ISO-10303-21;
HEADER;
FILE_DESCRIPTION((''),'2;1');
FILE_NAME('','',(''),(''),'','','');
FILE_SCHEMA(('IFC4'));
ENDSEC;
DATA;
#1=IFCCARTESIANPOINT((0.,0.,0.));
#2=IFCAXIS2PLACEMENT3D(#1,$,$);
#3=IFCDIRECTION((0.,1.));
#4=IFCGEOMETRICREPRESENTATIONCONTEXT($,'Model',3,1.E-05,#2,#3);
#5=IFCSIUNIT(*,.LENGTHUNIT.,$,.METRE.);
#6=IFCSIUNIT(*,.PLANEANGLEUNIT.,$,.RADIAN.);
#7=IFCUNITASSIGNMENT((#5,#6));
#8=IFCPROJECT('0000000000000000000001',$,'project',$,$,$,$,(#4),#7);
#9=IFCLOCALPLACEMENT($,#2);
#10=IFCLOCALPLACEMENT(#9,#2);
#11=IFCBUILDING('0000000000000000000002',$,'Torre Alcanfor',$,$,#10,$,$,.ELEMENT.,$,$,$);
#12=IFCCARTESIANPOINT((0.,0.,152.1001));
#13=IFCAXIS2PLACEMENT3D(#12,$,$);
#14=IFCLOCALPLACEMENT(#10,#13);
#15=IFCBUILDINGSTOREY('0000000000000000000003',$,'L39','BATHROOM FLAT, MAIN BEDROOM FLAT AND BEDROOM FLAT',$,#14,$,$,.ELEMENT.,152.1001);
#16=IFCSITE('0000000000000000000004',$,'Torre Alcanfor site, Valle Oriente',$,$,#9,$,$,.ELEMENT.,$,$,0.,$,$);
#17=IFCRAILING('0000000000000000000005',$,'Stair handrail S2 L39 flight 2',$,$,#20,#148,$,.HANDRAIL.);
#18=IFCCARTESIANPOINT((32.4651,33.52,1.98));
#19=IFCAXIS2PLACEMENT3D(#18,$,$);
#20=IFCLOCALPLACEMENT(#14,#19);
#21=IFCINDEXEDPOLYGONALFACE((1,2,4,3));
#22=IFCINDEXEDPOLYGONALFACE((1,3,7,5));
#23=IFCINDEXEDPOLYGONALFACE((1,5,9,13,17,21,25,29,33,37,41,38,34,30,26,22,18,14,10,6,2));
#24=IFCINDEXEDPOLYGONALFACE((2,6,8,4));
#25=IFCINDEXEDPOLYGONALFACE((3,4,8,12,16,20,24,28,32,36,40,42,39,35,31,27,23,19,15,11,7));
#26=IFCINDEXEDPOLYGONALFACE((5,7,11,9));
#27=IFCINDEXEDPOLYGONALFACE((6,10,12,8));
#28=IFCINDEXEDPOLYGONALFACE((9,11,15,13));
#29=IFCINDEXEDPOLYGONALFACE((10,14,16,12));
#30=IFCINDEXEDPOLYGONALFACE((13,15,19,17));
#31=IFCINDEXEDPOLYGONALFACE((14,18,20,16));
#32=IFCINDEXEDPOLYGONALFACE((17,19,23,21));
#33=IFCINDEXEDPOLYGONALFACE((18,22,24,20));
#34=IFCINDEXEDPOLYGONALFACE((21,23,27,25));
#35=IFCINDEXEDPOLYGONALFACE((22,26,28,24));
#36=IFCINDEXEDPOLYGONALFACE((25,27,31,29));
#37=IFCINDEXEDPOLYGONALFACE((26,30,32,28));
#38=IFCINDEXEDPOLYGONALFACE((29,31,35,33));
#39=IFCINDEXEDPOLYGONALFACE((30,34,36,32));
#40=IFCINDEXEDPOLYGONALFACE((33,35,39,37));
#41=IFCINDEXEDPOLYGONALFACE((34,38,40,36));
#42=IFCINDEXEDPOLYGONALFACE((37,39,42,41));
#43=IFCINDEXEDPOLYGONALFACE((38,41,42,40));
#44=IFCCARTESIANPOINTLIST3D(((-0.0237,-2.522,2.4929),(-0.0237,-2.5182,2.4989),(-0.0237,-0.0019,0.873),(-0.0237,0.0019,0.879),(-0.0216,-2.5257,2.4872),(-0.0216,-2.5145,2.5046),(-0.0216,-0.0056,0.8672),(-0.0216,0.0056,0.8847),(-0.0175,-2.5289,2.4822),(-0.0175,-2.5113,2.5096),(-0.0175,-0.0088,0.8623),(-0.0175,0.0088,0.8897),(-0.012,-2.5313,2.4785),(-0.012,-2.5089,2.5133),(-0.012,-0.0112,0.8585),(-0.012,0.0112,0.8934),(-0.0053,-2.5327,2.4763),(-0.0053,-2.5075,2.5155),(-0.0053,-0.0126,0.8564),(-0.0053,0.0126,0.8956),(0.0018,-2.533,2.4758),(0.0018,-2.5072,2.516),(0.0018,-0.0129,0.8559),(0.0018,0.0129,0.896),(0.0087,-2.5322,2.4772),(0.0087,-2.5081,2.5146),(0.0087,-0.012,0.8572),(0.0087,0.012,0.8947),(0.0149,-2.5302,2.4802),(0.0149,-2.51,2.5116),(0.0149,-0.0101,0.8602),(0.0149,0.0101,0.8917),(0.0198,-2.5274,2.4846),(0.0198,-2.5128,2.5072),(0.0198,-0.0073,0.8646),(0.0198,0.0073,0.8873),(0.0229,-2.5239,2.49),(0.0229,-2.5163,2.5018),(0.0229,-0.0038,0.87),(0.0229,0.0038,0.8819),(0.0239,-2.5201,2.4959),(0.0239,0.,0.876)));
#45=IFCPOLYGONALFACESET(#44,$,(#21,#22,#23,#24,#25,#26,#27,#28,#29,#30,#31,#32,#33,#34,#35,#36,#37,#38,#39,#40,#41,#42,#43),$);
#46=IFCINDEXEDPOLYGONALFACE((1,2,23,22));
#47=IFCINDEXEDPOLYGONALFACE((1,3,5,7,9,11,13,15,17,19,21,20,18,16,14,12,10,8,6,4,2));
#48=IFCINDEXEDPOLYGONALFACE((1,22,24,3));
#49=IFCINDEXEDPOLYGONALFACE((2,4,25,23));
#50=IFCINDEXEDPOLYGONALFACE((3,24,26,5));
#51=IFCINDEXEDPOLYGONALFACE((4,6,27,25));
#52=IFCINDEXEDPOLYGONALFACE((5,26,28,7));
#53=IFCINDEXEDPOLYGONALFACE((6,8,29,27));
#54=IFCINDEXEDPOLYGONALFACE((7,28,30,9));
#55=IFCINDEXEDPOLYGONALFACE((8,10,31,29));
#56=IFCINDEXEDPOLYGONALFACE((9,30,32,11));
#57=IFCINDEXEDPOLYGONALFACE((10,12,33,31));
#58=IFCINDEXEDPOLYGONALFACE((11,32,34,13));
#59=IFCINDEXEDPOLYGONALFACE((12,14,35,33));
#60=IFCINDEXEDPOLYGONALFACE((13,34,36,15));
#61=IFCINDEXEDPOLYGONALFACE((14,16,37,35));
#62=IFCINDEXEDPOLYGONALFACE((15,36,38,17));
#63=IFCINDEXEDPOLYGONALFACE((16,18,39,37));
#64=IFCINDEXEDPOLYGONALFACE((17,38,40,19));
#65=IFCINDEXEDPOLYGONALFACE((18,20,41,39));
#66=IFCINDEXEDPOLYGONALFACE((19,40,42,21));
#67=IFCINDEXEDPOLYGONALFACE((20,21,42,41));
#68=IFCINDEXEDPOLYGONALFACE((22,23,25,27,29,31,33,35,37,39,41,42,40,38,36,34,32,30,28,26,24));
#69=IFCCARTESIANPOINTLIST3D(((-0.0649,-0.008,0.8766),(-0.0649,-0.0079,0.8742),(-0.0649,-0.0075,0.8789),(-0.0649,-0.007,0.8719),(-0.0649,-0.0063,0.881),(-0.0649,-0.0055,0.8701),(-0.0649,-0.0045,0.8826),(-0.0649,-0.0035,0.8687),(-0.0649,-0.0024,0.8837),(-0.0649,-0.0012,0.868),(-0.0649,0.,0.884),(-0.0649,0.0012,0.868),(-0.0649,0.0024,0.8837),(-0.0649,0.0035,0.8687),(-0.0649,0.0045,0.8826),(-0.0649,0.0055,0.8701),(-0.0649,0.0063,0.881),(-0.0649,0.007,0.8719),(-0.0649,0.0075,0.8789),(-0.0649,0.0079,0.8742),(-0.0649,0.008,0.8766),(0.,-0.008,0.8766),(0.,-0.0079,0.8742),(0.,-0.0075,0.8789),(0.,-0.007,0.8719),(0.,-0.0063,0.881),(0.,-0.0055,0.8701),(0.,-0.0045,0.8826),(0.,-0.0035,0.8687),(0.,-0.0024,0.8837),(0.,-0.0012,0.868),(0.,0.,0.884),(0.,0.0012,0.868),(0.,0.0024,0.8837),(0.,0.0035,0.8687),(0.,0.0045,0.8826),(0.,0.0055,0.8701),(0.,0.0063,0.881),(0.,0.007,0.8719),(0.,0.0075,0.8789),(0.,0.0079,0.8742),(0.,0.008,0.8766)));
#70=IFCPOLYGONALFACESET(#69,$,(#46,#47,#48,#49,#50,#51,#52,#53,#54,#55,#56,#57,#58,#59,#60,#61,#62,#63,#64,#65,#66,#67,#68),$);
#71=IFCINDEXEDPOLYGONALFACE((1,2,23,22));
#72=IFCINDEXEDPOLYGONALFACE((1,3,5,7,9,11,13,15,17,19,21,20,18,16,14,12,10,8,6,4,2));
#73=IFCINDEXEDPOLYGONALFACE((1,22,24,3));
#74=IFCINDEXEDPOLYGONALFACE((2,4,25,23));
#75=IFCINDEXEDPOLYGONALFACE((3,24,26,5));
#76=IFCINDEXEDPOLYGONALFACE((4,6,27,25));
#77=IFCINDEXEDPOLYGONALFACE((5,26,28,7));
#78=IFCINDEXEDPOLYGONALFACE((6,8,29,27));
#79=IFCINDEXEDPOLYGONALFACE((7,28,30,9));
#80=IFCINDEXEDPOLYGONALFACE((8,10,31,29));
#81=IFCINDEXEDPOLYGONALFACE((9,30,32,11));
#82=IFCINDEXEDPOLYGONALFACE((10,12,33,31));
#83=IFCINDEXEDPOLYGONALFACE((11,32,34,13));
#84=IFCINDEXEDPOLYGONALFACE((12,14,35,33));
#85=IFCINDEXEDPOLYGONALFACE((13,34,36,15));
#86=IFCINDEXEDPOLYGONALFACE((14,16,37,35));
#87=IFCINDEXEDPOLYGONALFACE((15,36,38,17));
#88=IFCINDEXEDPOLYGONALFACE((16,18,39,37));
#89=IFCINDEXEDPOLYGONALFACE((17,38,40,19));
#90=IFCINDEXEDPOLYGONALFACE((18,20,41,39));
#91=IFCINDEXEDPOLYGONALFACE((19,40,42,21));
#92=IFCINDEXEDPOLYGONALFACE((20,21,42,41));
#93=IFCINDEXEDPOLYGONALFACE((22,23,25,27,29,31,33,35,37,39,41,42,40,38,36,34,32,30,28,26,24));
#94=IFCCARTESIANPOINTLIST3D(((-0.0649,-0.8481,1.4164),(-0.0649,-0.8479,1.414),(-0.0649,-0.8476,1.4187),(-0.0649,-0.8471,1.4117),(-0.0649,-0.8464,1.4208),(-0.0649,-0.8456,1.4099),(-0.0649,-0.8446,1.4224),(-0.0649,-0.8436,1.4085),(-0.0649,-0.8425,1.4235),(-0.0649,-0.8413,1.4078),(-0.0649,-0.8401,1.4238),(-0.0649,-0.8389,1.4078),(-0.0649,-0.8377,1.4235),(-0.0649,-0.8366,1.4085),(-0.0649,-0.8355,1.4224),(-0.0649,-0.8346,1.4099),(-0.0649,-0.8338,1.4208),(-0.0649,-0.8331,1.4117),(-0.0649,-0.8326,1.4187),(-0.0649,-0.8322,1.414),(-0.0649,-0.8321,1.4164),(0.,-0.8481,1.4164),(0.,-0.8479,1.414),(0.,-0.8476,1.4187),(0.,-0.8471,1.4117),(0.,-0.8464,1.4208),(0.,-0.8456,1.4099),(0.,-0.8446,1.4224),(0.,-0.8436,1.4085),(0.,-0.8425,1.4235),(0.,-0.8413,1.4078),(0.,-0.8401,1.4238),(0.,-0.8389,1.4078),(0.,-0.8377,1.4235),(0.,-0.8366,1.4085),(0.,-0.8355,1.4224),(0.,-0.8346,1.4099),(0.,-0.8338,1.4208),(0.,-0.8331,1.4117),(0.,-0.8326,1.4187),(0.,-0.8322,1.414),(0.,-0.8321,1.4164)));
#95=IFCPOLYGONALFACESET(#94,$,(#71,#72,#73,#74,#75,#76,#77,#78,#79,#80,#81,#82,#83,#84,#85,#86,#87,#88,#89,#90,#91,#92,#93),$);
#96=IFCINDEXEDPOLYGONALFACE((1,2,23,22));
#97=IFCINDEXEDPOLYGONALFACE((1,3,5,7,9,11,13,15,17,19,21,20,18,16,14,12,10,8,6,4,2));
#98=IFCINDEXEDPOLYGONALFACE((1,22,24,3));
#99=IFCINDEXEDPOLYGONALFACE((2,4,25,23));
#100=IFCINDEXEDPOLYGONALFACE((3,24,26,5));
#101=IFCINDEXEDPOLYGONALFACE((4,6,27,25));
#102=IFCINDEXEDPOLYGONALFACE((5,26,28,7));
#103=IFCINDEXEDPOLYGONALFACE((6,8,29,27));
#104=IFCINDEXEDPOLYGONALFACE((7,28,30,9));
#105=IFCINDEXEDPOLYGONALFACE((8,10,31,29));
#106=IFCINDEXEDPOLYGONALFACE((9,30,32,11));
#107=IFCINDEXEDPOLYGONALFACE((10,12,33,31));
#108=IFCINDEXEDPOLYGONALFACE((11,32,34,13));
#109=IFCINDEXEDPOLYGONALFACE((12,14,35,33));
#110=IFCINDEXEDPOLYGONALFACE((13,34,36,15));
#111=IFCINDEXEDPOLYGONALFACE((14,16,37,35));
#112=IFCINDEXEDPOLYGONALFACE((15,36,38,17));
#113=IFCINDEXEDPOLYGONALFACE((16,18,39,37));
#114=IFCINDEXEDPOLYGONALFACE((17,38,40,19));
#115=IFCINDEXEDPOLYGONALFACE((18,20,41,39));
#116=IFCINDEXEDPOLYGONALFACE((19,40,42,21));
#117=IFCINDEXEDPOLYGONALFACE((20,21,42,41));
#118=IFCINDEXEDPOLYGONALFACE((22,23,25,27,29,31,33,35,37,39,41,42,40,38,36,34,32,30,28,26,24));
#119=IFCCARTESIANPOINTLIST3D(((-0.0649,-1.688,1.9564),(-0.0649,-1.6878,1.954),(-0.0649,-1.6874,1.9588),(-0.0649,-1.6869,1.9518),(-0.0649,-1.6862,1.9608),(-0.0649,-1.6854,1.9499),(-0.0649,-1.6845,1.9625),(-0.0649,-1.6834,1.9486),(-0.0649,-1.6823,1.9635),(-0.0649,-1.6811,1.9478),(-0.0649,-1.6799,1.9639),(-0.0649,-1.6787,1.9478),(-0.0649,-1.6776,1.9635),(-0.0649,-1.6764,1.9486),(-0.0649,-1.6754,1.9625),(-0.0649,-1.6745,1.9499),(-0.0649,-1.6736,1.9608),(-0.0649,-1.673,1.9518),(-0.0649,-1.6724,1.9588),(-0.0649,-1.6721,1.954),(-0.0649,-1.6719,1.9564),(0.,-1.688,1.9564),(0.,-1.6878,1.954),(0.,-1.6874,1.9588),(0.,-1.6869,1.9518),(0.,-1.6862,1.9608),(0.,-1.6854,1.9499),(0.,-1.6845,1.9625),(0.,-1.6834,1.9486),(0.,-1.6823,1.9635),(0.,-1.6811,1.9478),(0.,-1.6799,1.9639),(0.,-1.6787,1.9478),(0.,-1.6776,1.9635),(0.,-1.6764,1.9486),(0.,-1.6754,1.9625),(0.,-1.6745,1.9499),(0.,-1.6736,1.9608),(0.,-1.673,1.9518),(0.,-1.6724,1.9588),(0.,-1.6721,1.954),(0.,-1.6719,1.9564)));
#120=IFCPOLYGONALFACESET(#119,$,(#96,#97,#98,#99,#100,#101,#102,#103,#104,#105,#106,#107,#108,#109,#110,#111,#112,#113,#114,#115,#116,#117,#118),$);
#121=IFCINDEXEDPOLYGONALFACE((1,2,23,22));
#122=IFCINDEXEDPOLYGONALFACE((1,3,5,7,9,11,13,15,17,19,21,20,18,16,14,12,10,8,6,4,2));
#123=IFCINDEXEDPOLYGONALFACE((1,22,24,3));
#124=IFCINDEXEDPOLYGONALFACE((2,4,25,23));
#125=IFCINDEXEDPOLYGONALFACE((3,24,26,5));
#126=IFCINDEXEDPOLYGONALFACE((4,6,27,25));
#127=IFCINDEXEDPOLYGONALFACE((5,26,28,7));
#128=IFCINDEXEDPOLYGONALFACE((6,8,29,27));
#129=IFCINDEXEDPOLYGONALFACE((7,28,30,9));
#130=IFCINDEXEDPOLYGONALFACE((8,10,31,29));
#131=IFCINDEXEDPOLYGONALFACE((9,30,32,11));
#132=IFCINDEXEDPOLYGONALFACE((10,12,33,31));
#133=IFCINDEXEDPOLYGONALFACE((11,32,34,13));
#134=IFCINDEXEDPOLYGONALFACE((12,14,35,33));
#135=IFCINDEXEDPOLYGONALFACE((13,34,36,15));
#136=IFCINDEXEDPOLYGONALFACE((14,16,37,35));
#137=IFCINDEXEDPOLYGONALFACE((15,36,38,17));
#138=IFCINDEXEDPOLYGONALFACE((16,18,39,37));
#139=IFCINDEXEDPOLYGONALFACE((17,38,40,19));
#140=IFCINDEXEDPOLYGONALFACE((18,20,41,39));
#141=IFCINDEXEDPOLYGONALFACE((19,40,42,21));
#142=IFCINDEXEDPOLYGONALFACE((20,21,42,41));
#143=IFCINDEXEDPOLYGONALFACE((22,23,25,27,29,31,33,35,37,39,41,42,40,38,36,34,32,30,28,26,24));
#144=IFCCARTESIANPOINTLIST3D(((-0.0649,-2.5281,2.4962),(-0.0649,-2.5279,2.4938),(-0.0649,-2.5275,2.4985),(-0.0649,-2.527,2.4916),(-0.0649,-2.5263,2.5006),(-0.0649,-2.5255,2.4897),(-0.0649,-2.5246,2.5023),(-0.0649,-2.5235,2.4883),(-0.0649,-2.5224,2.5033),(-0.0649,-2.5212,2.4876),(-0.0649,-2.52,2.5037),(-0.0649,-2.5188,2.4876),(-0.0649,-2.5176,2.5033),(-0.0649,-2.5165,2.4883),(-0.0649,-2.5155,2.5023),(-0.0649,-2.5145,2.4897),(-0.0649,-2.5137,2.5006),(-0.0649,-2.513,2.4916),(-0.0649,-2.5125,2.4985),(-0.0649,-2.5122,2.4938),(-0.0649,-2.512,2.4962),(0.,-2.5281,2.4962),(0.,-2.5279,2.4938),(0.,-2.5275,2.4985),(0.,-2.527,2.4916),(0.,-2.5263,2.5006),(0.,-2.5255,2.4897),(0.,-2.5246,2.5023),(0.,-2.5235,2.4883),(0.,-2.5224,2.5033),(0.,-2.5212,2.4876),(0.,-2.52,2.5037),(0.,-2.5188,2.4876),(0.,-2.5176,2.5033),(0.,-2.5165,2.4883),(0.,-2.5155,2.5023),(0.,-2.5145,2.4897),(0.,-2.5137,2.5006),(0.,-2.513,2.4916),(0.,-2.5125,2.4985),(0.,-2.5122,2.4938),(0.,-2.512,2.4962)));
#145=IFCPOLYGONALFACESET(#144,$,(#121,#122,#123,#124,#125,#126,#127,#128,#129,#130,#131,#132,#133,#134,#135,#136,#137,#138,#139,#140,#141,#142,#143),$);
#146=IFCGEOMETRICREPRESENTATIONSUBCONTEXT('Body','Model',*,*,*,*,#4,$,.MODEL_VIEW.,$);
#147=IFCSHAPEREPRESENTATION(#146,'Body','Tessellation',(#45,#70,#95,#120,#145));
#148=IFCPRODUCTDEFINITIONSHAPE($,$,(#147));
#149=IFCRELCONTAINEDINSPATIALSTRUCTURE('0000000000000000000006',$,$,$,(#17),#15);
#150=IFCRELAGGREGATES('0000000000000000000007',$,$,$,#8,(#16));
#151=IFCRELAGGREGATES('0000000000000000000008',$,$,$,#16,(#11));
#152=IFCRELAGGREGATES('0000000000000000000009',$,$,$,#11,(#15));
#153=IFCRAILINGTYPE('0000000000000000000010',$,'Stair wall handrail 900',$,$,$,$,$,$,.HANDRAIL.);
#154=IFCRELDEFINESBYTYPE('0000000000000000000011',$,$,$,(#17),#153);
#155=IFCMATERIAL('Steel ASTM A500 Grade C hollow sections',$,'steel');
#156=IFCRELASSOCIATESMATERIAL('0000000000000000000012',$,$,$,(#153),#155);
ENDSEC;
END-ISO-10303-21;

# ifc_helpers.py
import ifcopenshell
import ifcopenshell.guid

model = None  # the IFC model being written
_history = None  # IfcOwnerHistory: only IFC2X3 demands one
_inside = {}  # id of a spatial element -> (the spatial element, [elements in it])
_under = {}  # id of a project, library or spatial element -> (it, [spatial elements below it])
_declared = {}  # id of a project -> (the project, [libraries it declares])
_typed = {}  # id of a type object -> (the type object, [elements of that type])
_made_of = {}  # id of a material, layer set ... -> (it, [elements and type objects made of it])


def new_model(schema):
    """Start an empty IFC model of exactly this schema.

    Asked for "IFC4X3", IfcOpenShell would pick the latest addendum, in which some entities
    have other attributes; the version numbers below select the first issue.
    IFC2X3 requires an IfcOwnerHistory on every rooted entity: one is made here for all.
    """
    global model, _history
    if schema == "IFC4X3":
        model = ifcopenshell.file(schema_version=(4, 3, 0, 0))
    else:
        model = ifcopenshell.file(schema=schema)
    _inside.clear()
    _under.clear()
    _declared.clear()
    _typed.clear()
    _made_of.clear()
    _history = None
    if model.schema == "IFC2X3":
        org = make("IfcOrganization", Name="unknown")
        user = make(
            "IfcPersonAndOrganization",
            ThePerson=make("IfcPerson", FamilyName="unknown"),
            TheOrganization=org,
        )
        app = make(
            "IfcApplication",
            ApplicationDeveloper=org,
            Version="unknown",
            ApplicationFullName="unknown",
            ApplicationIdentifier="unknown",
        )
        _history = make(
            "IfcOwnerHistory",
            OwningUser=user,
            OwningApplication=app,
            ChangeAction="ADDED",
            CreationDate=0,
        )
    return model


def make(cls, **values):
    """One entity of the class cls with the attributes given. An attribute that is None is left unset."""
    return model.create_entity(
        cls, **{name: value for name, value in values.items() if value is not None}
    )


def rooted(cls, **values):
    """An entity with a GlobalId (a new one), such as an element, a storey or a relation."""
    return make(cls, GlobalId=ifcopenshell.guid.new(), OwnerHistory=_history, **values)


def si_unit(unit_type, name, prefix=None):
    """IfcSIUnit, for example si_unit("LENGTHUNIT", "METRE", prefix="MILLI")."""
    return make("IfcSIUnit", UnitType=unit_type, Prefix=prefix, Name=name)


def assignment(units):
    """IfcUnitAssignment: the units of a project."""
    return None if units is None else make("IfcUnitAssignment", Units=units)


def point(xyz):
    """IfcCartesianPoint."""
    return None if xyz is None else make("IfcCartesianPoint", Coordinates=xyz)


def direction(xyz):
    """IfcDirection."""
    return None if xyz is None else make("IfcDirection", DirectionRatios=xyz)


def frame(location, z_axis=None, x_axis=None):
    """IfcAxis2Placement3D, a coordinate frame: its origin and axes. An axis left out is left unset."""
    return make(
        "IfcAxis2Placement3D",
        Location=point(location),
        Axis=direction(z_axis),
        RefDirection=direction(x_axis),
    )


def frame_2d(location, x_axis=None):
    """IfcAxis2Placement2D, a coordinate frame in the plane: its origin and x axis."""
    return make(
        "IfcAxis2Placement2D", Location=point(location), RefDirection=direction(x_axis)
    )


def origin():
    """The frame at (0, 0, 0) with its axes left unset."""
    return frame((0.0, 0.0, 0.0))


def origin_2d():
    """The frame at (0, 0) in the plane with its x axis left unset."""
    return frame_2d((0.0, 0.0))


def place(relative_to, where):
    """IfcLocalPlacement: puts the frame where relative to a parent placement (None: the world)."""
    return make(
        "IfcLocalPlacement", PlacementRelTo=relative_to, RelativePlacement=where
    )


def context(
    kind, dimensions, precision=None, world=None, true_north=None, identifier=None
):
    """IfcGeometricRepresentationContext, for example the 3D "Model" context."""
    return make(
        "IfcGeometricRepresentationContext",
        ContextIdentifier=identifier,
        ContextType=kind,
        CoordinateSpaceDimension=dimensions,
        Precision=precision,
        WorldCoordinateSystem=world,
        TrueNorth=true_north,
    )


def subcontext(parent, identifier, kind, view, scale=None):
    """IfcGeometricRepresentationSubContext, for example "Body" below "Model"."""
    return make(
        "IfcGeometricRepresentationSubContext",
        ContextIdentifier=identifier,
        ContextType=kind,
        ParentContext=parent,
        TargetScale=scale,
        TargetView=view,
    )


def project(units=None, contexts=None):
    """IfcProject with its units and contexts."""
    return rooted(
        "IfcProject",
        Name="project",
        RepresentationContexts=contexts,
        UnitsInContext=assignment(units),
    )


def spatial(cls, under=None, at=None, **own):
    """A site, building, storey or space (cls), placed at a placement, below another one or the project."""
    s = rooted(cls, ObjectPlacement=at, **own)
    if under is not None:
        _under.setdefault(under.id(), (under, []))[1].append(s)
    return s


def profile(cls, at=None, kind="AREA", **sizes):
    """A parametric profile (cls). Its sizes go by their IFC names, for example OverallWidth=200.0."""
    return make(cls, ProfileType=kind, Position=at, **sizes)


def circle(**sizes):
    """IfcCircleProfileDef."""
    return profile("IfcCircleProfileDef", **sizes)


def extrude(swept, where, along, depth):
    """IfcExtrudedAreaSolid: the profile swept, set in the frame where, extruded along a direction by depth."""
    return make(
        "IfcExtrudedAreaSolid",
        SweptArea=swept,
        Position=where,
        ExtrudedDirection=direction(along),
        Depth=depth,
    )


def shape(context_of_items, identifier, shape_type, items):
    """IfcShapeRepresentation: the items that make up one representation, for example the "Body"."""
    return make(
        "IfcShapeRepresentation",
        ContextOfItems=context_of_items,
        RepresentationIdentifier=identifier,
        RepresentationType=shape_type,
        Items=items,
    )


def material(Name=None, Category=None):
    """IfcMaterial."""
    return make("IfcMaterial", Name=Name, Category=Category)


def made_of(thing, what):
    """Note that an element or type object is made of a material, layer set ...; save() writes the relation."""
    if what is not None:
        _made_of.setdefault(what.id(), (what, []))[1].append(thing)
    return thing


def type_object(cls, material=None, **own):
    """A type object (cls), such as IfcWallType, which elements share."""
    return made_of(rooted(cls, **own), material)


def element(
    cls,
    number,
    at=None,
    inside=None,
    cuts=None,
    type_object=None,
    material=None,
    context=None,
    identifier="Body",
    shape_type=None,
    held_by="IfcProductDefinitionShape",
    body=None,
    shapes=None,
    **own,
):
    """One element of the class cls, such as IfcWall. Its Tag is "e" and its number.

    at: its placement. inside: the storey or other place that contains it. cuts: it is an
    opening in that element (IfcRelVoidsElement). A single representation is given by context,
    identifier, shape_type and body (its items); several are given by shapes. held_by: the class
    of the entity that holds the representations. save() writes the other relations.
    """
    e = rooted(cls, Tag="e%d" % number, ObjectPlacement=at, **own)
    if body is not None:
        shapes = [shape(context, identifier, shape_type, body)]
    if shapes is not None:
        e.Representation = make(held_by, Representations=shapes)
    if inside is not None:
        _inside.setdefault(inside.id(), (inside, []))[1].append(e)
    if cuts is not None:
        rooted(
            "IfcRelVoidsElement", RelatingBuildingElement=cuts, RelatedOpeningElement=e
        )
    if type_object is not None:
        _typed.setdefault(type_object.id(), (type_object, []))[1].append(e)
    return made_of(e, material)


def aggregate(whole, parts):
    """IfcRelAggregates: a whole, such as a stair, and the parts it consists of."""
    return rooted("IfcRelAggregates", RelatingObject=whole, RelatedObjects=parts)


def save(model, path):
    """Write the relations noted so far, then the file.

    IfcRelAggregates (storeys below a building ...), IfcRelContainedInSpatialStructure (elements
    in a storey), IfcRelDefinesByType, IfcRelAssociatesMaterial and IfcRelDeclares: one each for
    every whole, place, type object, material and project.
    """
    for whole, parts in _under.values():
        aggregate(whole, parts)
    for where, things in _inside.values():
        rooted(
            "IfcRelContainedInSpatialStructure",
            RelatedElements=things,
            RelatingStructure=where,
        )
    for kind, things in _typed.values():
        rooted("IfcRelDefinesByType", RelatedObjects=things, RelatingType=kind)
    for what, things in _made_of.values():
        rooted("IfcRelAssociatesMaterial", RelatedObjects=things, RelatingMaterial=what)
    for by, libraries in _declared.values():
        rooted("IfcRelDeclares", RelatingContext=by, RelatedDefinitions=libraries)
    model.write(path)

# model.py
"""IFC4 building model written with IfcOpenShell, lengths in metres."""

from ifc_helpers import new_model, si_unit, direction, frame, origin, origin_2d, place, context, subcontext, project, spatial, circle, extrude, material, type_object, element, save


model = new_model("IFC4")

# Units and contexts
model_context = context("Model", 3, precision=1e-05, world=origin(), true_north=direction((0.0, 1.0)))
body_context = subcontext(model_context, "Body", "Model", "MODEL_VIEW")
ifc_project = project(units=[si_unit("LENGTHUNIT", "METRE"), si_unit("PLANEANGLEUNIT", "RADIAN")], contexts=[model_context])

# Site, building, storey
site_placement = place(None, origin())
site = spatial("IfcSite", under=ifc_project, at=site_placement, Name="Torre Alcanfor site, Valle Oriente", CompositionType="ELEMENT", RefElevation=0.0)
building_placement = place(site_placement, origin())
building = spatial("IfcBuilding", under=site, at=building_placement, Name="Torre Alcanfor", CompositionType="ELEMENT")
storey_placement = place(building_placement, frame((0.0, 0.0, 152.1001)))
storey = spatial("IfcBuildingStorey", under=building, at=storey_placement, Name="L39", Description="BATHROOM FLAT, MAIN BEDROOM FLAT AND BEDROOM FLAT", CompositionType="ELEMENT", Elevation=152.1001)

# Railing
ifc_material_1 = material(Name="Steel ASTM A500 Grade C hollow sections", Category="steel")
railing_type_1 = type_object("IfcRailingType", Name="Stair wall handrail 900", PredefinedType="HANDRAIL", material=ifc_material_1)
railing_1_placement = place(storey_placement, frame((32.4651, 33.52, 1.98)))
element("IfcRailing", 1, at=railing_1_placement, inside=storey, type_object=railing_type_1, Name="Stair handrail S2 L39 flight 2", PredefinedType="HANDRAIL", context=body_context, shape_type="SweptSolid", body=[
    extrude(circle(Radius=0.0239, at=origin_2d()), frame((0.0, 0.0, 0.876), z_axis=(0.0, -0.8412, 0.540725), x_axis=(1.0, 0.0, 0.0)), (0.0, 0.0, 1.0), 2.9958),
    extrude(circle(Radius=0.0081, at=origin_2d()), frame((0.0, 0.0, 0.876), z_axis=(-1.0, 0.0, 0.0), x_axis=(0.0, 0.0, 1.0)), (0.0, 0.0, 1.0), 0.0649),
    extrude(circle(Radius=0.0081, at=origin_2d()), frame((0.0, -0.8401, 1.4158), z_axis=(-1.0, 0.0, 0.0), x_axis=(0.0, 0.0, 1.0)), (0.0, 0.0, 1.0), 0.0649),
    extrude(circle(Radius=0.0081, at=origin_2d()), frame((0.0, -1.6799, 1.9558), z_axis=(-1.0, 0.0, 0.0), x_axis=(0.0, 0.0, 1.0)), (0.0, 0.0, 1.0), 0.0649),
    extrude(circle(Radius=0.0081, at=origin_2d()), frame((0.0, -2.52, 2.4956), z_axis=(-1.0, 0.0, 0.0), x_axis=(0.0, 0.0, 1.0)), (0.0, 0.0, 1.0), 0.0649),
])

save(model, "model.ifc")
